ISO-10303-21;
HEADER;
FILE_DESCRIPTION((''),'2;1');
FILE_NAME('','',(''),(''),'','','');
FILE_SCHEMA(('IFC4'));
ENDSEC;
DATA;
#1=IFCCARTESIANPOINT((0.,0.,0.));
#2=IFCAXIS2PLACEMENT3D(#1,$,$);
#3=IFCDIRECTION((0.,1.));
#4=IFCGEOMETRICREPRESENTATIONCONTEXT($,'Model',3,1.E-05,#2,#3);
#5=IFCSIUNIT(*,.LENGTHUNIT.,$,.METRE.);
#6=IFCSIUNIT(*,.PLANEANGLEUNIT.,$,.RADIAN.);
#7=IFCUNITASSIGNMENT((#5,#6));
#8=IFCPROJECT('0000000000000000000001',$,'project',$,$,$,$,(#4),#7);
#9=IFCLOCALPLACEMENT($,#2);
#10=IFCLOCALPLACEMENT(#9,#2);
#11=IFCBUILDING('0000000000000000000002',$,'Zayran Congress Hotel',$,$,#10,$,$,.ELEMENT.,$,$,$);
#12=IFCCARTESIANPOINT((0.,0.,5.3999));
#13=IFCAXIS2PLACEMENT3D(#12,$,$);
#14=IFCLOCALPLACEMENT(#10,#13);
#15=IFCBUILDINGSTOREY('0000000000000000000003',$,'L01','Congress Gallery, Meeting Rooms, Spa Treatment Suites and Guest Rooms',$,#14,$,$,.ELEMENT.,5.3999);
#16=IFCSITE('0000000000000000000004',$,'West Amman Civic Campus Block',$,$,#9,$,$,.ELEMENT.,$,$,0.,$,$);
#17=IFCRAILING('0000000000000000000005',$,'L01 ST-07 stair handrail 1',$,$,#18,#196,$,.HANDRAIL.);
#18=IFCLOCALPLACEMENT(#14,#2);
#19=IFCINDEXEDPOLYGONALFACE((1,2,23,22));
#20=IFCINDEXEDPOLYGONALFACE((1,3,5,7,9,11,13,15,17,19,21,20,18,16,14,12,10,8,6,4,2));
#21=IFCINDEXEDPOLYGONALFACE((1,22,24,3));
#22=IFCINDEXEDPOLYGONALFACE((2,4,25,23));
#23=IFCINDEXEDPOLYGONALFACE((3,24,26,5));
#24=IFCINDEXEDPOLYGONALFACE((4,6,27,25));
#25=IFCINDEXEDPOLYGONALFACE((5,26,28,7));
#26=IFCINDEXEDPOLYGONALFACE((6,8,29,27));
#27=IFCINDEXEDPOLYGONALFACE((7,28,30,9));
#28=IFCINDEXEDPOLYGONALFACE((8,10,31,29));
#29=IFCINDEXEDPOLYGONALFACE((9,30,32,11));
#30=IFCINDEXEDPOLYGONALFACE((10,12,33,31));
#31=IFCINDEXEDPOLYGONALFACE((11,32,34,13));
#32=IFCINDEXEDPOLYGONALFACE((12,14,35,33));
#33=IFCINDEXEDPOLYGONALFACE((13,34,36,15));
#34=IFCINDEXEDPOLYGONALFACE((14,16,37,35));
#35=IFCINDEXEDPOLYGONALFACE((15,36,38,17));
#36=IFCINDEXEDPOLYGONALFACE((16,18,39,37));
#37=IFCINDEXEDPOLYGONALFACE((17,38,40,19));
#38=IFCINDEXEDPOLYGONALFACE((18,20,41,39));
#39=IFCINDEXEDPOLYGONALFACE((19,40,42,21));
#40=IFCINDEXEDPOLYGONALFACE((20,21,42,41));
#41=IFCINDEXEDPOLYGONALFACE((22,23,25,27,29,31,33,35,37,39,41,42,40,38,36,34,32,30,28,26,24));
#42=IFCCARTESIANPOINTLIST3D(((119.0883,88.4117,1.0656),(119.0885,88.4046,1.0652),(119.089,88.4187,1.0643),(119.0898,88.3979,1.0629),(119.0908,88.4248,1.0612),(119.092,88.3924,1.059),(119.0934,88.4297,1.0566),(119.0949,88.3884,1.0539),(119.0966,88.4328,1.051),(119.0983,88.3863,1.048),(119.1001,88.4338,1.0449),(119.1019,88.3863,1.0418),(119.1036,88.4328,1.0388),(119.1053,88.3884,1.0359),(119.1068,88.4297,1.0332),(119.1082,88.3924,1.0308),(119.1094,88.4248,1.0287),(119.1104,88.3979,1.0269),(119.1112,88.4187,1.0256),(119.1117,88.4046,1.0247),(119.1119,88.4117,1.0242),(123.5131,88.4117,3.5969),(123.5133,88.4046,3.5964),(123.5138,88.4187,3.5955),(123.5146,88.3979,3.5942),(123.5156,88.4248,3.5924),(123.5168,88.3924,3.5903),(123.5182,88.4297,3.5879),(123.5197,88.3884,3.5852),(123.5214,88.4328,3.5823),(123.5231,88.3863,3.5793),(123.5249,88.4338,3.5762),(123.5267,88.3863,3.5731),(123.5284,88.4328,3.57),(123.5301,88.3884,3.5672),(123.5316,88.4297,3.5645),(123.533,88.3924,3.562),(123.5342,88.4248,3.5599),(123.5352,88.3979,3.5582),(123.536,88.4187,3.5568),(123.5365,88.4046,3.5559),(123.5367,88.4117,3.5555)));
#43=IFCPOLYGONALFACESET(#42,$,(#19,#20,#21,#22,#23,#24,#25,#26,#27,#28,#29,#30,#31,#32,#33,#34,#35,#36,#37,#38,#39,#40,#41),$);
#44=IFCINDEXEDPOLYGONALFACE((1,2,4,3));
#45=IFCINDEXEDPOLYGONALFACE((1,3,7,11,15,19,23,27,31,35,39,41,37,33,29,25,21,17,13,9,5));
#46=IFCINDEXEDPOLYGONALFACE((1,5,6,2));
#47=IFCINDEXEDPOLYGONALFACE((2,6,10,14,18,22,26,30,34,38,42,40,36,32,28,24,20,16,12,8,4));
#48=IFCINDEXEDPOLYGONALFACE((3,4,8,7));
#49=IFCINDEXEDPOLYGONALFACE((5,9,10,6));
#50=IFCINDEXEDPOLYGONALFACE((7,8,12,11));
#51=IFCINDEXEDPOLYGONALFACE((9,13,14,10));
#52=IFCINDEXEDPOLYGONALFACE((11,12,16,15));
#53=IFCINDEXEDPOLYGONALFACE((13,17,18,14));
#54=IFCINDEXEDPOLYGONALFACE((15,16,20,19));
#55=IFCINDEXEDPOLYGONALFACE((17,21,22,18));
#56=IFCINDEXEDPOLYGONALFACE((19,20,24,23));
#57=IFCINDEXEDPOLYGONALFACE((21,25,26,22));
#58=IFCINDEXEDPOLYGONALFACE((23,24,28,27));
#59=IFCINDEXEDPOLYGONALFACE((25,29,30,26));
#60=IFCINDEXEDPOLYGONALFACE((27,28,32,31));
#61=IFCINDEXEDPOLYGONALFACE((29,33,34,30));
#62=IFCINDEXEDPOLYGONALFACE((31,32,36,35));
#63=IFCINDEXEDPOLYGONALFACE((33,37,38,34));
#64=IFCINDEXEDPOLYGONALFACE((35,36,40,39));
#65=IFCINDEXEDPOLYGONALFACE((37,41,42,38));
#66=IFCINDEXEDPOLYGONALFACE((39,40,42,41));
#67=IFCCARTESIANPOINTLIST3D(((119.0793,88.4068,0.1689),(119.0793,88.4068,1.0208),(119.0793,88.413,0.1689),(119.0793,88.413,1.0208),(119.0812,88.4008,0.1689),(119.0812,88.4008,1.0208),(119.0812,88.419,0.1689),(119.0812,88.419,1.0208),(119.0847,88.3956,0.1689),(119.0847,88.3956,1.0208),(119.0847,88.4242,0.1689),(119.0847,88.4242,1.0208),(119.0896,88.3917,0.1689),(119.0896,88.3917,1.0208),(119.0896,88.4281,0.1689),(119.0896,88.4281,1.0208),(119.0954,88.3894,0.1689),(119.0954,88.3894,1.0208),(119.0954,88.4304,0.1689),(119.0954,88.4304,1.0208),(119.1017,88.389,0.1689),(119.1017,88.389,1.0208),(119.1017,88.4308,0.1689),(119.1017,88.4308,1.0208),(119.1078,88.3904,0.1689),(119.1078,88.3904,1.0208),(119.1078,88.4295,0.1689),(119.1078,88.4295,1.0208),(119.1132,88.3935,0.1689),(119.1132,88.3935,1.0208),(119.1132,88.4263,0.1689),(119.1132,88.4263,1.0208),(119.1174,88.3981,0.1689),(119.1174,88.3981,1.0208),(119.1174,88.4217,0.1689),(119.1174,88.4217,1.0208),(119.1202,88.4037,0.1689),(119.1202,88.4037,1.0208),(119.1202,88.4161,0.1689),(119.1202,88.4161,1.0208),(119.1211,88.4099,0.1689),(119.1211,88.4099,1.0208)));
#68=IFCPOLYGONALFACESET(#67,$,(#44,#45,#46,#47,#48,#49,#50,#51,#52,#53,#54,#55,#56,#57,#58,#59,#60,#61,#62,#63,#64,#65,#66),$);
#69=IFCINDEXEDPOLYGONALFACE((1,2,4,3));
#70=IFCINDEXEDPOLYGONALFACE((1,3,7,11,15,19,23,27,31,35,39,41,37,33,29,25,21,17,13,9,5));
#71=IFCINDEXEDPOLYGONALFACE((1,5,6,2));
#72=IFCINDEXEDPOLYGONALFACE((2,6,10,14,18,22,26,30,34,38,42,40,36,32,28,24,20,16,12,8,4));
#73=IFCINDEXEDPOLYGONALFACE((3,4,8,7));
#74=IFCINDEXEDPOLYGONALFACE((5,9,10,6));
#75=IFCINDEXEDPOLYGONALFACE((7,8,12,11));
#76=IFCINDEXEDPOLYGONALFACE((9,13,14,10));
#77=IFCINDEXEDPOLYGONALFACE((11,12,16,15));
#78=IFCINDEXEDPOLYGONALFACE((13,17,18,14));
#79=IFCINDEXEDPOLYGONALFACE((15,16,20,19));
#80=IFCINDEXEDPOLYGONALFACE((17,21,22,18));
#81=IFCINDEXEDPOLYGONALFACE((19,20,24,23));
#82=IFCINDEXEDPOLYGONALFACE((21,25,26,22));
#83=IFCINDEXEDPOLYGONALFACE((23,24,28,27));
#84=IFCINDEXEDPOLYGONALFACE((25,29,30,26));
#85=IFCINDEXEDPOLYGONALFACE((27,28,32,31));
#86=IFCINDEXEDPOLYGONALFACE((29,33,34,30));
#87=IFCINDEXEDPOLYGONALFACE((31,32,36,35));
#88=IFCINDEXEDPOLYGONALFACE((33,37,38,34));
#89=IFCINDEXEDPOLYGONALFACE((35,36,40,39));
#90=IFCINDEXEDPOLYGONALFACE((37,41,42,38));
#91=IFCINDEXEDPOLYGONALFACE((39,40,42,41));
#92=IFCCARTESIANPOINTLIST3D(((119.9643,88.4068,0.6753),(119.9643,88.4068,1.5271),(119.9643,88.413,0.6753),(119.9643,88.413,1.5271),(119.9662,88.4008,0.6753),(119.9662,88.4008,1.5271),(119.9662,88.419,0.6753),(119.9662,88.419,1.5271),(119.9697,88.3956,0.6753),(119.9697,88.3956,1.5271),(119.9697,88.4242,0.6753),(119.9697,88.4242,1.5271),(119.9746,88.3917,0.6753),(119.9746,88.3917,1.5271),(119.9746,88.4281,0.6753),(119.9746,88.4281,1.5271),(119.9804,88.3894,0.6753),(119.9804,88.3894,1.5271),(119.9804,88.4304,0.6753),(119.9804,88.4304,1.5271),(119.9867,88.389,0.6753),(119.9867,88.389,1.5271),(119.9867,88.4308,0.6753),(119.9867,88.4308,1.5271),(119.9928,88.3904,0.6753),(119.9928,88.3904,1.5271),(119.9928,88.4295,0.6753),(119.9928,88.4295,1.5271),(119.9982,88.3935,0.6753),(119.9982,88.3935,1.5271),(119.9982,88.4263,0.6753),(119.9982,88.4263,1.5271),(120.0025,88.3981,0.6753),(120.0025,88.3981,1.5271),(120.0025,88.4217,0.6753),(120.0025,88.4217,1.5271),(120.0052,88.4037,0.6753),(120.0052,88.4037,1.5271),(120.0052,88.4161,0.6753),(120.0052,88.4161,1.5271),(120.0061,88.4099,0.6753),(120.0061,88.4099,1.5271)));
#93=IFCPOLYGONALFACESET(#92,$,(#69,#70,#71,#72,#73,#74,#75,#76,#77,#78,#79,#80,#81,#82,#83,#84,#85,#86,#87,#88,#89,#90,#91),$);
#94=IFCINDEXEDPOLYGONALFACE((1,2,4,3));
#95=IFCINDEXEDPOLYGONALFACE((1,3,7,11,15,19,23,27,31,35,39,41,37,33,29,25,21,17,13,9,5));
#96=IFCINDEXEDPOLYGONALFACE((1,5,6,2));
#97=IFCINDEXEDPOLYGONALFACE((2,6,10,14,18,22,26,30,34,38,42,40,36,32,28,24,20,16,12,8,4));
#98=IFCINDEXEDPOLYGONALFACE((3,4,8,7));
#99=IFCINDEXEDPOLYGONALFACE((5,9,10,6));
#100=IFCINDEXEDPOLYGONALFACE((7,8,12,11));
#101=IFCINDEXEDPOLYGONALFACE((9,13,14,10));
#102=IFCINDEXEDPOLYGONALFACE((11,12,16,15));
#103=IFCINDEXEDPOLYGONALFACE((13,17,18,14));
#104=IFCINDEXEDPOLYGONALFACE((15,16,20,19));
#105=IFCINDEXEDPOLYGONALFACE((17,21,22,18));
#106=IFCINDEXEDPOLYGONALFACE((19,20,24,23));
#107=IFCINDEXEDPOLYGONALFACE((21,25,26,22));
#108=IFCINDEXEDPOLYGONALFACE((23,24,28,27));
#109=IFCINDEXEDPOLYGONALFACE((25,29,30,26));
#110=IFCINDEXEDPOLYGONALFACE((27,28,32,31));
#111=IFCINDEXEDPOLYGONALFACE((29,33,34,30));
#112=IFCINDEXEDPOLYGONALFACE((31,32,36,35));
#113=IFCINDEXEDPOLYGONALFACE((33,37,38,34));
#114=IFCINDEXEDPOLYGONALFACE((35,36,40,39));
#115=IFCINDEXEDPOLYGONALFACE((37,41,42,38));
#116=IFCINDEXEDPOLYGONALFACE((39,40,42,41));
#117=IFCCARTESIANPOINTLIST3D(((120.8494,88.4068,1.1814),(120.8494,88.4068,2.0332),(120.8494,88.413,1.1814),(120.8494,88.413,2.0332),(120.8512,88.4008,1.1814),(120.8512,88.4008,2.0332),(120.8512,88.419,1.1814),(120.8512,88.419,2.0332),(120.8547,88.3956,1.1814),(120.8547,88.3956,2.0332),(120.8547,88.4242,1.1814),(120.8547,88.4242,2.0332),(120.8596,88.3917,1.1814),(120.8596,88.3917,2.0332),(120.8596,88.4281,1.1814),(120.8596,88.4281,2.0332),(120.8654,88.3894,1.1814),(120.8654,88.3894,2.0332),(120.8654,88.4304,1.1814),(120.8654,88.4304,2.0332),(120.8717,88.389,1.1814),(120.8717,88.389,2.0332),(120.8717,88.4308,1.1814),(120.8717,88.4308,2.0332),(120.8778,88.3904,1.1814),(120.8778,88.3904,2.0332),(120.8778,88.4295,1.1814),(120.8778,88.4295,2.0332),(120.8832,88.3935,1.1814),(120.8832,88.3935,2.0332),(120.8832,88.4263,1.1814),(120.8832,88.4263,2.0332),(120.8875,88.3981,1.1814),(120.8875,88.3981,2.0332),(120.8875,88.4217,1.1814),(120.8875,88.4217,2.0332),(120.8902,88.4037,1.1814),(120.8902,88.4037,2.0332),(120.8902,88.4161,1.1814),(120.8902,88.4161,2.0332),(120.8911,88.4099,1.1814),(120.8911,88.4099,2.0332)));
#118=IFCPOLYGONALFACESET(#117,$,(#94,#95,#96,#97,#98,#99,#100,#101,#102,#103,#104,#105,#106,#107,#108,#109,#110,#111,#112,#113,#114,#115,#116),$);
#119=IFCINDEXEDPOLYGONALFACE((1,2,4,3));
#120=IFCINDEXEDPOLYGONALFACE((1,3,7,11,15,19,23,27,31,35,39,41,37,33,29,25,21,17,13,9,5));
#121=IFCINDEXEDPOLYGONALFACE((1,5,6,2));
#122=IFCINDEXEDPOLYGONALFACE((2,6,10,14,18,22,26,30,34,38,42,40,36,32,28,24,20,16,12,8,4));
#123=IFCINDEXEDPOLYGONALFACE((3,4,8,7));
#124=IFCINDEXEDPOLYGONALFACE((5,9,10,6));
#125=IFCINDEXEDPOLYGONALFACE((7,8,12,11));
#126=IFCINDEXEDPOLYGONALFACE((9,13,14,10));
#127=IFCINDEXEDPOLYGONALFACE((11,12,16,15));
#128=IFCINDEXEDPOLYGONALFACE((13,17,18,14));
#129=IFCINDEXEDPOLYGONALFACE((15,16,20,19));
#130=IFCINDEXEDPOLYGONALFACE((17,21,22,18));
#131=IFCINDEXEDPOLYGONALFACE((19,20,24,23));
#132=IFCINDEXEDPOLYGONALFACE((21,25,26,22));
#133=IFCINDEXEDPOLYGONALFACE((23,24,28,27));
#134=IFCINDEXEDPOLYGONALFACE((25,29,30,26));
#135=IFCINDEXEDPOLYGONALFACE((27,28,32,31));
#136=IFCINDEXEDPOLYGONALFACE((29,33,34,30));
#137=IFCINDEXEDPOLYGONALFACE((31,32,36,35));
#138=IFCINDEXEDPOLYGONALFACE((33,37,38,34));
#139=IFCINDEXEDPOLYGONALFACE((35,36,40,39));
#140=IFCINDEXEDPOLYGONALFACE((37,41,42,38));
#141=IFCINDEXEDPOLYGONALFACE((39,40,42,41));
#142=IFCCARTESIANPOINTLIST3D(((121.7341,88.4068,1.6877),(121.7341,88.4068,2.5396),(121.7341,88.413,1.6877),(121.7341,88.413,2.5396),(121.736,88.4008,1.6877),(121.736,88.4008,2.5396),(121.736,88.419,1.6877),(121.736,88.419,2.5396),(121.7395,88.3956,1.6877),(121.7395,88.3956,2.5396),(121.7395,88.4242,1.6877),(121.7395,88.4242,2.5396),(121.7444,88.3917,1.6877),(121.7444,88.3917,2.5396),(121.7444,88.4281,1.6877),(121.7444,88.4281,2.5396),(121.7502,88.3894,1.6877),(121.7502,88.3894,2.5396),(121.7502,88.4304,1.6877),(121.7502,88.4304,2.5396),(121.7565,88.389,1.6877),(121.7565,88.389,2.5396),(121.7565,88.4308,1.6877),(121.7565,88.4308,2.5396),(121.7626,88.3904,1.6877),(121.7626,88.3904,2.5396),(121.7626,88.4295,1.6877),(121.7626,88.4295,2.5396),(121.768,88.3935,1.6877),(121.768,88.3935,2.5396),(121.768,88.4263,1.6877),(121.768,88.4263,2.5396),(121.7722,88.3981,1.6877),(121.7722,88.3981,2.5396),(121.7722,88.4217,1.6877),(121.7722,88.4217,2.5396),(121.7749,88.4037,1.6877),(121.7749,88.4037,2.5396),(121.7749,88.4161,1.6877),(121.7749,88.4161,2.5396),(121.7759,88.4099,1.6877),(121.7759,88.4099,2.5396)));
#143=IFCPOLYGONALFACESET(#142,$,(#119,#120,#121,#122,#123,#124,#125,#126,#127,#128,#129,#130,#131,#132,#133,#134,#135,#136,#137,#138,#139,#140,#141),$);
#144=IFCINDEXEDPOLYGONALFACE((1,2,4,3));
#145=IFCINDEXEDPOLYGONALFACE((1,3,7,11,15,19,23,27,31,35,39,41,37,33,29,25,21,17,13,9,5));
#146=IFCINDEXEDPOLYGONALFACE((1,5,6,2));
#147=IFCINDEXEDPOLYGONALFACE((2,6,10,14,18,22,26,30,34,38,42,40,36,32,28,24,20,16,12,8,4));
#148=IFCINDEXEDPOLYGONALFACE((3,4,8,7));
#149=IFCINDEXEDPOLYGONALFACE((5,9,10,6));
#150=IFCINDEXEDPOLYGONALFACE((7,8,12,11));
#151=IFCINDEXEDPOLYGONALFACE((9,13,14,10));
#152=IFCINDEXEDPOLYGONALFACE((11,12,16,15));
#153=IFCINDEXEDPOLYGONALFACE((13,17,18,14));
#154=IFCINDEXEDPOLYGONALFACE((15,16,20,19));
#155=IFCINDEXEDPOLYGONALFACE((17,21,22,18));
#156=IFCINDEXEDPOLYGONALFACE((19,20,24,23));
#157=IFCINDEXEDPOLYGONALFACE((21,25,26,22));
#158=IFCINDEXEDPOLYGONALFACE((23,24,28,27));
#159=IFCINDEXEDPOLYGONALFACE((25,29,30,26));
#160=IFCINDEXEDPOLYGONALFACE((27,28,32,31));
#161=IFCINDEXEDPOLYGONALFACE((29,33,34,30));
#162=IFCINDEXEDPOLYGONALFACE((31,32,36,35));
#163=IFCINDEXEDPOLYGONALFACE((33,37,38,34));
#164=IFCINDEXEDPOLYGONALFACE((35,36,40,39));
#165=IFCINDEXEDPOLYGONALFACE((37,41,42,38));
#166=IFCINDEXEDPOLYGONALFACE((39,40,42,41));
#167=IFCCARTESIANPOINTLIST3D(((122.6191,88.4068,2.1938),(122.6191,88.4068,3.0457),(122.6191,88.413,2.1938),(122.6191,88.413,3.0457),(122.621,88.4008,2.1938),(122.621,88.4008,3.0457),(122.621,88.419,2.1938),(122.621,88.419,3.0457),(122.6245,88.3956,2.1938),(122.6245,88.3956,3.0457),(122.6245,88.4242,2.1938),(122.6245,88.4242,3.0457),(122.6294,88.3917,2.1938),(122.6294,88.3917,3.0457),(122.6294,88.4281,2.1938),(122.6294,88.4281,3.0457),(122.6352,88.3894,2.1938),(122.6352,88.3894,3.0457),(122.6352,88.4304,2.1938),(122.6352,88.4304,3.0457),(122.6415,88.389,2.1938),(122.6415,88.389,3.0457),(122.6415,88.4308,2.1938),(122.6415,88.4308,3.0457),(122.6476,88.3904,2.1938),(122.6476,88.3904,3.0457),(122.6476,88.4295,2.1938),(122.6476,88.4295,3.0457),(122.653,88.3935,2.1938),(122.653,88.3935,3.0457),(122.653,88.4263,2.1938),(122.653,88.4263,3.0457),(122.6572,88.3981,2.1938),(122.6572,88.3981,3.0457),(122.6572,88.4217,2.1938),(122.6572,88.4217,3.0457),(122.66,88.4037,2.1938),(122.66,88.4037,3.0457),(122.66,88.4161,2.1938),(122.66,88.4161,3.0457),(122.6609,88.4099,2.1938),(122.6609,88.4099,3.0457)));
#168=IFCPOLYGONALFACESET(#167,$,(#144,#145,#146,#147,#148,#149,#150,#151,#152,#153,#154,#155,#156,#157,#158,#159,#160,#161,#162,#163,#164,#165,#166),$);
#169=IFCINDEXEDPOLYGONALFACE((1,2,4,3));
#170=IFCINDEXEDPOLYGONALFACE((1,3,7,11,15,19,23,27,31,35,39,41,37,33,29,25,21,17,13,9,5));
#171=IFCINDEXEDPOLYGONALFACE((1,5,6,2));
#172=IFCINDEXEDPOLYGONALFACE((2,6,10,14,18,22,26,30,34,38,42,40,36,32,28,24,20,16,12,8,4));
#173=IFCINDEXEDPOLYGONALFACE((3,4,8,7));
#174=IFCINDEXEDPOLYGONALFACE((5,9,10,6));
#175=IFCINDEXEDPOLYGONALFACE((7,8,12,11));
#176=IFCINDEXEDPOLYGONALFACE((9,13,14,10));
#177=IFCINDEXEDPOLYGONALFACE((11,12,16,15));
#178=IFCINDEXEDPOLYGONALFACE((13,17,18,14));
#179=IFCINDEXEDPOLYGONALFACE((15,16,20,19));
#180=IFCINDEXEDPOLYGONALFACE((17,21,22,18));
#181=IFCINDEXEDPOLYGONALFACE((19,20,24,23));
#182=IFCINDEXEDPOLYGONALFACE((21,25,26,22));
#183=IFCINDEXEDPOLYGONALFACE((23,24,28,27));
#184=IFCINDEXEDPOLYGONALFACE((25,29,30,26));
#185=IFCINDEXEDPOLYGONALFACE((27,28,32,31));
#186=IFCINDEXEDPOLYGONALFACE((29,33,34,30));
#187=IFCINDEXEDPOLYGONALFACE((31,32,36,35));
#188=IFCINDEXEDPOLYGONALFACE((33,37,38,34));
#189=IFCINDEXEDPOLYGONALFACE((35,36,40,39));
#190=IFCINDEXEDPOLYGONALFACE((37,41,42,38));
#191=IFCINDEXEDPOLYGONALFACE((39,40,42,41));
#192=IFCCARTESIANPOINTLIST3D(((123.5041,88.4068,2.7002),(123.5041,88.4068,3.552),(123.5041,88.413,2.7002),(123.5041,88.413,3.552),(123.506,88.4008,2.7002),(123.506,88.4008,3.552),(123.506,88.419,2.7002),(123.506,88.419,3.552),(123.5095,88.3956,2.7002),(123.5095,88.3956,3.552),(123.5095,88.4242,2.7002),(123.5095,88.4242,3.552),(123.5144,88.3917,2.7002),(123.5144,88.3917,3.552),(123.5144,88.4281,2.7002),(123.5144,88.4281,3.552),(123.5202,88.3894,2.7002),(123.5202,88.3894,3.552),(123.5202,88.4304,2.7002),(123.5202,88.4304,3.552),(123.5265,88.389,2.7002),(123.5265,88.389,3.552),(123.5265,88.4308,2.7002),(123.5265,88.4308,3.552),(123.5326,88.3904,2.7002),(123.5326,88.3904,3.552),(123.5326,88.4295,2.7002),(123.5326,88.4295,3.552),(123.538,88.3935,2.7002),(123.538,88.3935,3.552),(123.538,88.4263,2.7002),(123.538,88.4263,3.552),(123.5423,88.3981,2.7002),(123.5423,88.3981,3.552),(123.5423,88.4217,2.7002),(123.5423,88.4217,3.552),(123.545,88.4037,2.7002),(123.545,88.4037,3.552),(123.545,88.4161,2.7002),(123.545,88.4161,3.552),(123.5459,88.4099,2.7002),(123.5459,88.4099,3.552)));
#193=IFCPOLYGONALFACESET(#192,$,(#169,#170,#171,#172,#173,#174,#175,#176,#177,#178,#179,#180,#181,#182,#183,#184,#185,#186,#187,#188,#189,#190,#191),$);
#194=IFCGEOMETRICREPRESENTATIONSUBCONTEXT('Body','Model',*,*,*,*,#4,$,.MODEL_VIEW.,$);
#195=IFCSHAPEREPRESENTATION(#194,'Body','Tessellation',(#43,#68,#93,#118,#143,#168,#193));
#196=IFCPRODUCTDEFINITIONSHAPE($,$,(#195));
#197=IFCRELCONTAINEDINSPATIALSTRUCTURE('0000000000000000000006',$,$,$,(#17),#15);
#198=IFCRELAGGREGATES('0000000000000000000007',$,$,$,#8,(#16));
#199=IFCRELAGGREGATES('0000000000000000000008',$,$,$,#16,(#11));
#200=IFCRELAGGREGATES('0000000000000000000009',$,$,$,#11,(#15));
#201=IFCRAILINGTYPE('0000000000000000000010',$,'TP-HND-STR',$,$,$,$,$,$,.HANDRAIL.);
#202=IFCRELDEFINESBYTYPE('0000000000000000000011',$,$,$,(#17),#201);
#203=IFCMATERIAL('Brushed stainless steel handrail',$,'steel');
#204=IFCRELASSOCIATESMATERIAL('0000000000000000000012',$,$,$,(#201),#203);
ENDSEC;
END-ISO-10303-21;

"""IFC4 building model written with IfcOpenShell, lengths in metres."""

from ifc_helpers import new_model, si_unit, direction, frame, origin, origin_2d, place, context, subcontext, project, spatial, circle, extrude, material, type_object, element, save


model = new_model("IFC4")

# Units and contexts
model_context = context("Model", 3, precision=1e-05, world=origin(), true_north=direction((0.0, 1.0)))
body_context = subcontext(model_context, "Body", "Model", "MODEL_VIEW")
ifc_project = project(units=[si_unit("LENGTHUNIT", "METRE"), si_unit("PLANEANGLEUNIT", "RADIAN")], contexts=[model_context])

# Site, building, storey
site_placement = place(None, origin())
site = spatial("IfcSite", under=ifc_project, at=site_placement, Name="West Amman Civic Campus Block", CompositionType="ELEMENT", RefElevation=0.0)
building_placement = place(site_placement, origin())
building = spatial("IfcBuilding", under=site, at=building_placement, Name="Zayran Congress Hotel", CompositionType="ELEMENT")
storey_placement = place(building_placement, frame((0.0, 0.0, 5.3999)))
storey = spatial("IfcBuildingStorey", under=building, at=storey_placement, Name="L01", Description="Congress Gallery, Meeting Rooms, Spa Treatment Suites and Guest Rooms", CompositionType="ELEMENT", Elevation=5.3999)

# Railing
ifc_material_1 = material(Name="Brushed stainless steel handrail", Category="steel")
railing_type_1 = type_object("IfcRailingType", Name="TP-HND-STR", PredefinedType="HANDRAIL", material=ifc_material_1)
railing_1_placement = place(storey_placement, frame((119.1001, 88.4099, 0.1689)))
element("IfcRailing", 1, at=railing_1_placement, inside=storey, type_object=railing_type_1, Name="L01 ST-07 stair handrail 1", PredefinedType="HANDRAIL", context=body_context, shape_type="SweptSolid", body=[
    extrude(circle(Radius=0.0239, at=origin_2d()), frame((0.0, 0.0, 0.876), z_axis=(0.868007, 0.0, 0.496551), x_axis=(0.0, 1.0, 0.0)), (0.0, 0.0, 1.0), 5.0977),
    extrude(circle(Radius=0.021, at=origin_2d()), origin(), (0.0, 0.0, 1.0), 0.8518),
    extrude(circle(Radius=0.021, at=origin_2d()), frame((0.885, 0.0, 0.5063)), (0.0, 0.0, 1.0), 0.8518),
    extrude(circle(Radius=0.021, at=origin_2d()), frame((1.77, 0.0, 1.0125)), (0.0, 0.0, 1.0), 0.8518),
    extrude(circle(Radius=0.021, at=origin_2d()), frame((2.6548, 0.0, 1.5188)), (0.0, 0.0, 1.0), 0.8518),
    extrude(circle(Radius=0.021, at=origin_2d()), frame((3.5398, 0.0, 2.0249)), (0.0, 0.0, 1.0), 0.8518),
    extrude(circle(Radius=0.021, at=origin_2d()), frame((4.4248, 0.0, 2.5312)), (0.0, 0.0, 1.0), 0.8518),
])

save(model, "model.ifc")
